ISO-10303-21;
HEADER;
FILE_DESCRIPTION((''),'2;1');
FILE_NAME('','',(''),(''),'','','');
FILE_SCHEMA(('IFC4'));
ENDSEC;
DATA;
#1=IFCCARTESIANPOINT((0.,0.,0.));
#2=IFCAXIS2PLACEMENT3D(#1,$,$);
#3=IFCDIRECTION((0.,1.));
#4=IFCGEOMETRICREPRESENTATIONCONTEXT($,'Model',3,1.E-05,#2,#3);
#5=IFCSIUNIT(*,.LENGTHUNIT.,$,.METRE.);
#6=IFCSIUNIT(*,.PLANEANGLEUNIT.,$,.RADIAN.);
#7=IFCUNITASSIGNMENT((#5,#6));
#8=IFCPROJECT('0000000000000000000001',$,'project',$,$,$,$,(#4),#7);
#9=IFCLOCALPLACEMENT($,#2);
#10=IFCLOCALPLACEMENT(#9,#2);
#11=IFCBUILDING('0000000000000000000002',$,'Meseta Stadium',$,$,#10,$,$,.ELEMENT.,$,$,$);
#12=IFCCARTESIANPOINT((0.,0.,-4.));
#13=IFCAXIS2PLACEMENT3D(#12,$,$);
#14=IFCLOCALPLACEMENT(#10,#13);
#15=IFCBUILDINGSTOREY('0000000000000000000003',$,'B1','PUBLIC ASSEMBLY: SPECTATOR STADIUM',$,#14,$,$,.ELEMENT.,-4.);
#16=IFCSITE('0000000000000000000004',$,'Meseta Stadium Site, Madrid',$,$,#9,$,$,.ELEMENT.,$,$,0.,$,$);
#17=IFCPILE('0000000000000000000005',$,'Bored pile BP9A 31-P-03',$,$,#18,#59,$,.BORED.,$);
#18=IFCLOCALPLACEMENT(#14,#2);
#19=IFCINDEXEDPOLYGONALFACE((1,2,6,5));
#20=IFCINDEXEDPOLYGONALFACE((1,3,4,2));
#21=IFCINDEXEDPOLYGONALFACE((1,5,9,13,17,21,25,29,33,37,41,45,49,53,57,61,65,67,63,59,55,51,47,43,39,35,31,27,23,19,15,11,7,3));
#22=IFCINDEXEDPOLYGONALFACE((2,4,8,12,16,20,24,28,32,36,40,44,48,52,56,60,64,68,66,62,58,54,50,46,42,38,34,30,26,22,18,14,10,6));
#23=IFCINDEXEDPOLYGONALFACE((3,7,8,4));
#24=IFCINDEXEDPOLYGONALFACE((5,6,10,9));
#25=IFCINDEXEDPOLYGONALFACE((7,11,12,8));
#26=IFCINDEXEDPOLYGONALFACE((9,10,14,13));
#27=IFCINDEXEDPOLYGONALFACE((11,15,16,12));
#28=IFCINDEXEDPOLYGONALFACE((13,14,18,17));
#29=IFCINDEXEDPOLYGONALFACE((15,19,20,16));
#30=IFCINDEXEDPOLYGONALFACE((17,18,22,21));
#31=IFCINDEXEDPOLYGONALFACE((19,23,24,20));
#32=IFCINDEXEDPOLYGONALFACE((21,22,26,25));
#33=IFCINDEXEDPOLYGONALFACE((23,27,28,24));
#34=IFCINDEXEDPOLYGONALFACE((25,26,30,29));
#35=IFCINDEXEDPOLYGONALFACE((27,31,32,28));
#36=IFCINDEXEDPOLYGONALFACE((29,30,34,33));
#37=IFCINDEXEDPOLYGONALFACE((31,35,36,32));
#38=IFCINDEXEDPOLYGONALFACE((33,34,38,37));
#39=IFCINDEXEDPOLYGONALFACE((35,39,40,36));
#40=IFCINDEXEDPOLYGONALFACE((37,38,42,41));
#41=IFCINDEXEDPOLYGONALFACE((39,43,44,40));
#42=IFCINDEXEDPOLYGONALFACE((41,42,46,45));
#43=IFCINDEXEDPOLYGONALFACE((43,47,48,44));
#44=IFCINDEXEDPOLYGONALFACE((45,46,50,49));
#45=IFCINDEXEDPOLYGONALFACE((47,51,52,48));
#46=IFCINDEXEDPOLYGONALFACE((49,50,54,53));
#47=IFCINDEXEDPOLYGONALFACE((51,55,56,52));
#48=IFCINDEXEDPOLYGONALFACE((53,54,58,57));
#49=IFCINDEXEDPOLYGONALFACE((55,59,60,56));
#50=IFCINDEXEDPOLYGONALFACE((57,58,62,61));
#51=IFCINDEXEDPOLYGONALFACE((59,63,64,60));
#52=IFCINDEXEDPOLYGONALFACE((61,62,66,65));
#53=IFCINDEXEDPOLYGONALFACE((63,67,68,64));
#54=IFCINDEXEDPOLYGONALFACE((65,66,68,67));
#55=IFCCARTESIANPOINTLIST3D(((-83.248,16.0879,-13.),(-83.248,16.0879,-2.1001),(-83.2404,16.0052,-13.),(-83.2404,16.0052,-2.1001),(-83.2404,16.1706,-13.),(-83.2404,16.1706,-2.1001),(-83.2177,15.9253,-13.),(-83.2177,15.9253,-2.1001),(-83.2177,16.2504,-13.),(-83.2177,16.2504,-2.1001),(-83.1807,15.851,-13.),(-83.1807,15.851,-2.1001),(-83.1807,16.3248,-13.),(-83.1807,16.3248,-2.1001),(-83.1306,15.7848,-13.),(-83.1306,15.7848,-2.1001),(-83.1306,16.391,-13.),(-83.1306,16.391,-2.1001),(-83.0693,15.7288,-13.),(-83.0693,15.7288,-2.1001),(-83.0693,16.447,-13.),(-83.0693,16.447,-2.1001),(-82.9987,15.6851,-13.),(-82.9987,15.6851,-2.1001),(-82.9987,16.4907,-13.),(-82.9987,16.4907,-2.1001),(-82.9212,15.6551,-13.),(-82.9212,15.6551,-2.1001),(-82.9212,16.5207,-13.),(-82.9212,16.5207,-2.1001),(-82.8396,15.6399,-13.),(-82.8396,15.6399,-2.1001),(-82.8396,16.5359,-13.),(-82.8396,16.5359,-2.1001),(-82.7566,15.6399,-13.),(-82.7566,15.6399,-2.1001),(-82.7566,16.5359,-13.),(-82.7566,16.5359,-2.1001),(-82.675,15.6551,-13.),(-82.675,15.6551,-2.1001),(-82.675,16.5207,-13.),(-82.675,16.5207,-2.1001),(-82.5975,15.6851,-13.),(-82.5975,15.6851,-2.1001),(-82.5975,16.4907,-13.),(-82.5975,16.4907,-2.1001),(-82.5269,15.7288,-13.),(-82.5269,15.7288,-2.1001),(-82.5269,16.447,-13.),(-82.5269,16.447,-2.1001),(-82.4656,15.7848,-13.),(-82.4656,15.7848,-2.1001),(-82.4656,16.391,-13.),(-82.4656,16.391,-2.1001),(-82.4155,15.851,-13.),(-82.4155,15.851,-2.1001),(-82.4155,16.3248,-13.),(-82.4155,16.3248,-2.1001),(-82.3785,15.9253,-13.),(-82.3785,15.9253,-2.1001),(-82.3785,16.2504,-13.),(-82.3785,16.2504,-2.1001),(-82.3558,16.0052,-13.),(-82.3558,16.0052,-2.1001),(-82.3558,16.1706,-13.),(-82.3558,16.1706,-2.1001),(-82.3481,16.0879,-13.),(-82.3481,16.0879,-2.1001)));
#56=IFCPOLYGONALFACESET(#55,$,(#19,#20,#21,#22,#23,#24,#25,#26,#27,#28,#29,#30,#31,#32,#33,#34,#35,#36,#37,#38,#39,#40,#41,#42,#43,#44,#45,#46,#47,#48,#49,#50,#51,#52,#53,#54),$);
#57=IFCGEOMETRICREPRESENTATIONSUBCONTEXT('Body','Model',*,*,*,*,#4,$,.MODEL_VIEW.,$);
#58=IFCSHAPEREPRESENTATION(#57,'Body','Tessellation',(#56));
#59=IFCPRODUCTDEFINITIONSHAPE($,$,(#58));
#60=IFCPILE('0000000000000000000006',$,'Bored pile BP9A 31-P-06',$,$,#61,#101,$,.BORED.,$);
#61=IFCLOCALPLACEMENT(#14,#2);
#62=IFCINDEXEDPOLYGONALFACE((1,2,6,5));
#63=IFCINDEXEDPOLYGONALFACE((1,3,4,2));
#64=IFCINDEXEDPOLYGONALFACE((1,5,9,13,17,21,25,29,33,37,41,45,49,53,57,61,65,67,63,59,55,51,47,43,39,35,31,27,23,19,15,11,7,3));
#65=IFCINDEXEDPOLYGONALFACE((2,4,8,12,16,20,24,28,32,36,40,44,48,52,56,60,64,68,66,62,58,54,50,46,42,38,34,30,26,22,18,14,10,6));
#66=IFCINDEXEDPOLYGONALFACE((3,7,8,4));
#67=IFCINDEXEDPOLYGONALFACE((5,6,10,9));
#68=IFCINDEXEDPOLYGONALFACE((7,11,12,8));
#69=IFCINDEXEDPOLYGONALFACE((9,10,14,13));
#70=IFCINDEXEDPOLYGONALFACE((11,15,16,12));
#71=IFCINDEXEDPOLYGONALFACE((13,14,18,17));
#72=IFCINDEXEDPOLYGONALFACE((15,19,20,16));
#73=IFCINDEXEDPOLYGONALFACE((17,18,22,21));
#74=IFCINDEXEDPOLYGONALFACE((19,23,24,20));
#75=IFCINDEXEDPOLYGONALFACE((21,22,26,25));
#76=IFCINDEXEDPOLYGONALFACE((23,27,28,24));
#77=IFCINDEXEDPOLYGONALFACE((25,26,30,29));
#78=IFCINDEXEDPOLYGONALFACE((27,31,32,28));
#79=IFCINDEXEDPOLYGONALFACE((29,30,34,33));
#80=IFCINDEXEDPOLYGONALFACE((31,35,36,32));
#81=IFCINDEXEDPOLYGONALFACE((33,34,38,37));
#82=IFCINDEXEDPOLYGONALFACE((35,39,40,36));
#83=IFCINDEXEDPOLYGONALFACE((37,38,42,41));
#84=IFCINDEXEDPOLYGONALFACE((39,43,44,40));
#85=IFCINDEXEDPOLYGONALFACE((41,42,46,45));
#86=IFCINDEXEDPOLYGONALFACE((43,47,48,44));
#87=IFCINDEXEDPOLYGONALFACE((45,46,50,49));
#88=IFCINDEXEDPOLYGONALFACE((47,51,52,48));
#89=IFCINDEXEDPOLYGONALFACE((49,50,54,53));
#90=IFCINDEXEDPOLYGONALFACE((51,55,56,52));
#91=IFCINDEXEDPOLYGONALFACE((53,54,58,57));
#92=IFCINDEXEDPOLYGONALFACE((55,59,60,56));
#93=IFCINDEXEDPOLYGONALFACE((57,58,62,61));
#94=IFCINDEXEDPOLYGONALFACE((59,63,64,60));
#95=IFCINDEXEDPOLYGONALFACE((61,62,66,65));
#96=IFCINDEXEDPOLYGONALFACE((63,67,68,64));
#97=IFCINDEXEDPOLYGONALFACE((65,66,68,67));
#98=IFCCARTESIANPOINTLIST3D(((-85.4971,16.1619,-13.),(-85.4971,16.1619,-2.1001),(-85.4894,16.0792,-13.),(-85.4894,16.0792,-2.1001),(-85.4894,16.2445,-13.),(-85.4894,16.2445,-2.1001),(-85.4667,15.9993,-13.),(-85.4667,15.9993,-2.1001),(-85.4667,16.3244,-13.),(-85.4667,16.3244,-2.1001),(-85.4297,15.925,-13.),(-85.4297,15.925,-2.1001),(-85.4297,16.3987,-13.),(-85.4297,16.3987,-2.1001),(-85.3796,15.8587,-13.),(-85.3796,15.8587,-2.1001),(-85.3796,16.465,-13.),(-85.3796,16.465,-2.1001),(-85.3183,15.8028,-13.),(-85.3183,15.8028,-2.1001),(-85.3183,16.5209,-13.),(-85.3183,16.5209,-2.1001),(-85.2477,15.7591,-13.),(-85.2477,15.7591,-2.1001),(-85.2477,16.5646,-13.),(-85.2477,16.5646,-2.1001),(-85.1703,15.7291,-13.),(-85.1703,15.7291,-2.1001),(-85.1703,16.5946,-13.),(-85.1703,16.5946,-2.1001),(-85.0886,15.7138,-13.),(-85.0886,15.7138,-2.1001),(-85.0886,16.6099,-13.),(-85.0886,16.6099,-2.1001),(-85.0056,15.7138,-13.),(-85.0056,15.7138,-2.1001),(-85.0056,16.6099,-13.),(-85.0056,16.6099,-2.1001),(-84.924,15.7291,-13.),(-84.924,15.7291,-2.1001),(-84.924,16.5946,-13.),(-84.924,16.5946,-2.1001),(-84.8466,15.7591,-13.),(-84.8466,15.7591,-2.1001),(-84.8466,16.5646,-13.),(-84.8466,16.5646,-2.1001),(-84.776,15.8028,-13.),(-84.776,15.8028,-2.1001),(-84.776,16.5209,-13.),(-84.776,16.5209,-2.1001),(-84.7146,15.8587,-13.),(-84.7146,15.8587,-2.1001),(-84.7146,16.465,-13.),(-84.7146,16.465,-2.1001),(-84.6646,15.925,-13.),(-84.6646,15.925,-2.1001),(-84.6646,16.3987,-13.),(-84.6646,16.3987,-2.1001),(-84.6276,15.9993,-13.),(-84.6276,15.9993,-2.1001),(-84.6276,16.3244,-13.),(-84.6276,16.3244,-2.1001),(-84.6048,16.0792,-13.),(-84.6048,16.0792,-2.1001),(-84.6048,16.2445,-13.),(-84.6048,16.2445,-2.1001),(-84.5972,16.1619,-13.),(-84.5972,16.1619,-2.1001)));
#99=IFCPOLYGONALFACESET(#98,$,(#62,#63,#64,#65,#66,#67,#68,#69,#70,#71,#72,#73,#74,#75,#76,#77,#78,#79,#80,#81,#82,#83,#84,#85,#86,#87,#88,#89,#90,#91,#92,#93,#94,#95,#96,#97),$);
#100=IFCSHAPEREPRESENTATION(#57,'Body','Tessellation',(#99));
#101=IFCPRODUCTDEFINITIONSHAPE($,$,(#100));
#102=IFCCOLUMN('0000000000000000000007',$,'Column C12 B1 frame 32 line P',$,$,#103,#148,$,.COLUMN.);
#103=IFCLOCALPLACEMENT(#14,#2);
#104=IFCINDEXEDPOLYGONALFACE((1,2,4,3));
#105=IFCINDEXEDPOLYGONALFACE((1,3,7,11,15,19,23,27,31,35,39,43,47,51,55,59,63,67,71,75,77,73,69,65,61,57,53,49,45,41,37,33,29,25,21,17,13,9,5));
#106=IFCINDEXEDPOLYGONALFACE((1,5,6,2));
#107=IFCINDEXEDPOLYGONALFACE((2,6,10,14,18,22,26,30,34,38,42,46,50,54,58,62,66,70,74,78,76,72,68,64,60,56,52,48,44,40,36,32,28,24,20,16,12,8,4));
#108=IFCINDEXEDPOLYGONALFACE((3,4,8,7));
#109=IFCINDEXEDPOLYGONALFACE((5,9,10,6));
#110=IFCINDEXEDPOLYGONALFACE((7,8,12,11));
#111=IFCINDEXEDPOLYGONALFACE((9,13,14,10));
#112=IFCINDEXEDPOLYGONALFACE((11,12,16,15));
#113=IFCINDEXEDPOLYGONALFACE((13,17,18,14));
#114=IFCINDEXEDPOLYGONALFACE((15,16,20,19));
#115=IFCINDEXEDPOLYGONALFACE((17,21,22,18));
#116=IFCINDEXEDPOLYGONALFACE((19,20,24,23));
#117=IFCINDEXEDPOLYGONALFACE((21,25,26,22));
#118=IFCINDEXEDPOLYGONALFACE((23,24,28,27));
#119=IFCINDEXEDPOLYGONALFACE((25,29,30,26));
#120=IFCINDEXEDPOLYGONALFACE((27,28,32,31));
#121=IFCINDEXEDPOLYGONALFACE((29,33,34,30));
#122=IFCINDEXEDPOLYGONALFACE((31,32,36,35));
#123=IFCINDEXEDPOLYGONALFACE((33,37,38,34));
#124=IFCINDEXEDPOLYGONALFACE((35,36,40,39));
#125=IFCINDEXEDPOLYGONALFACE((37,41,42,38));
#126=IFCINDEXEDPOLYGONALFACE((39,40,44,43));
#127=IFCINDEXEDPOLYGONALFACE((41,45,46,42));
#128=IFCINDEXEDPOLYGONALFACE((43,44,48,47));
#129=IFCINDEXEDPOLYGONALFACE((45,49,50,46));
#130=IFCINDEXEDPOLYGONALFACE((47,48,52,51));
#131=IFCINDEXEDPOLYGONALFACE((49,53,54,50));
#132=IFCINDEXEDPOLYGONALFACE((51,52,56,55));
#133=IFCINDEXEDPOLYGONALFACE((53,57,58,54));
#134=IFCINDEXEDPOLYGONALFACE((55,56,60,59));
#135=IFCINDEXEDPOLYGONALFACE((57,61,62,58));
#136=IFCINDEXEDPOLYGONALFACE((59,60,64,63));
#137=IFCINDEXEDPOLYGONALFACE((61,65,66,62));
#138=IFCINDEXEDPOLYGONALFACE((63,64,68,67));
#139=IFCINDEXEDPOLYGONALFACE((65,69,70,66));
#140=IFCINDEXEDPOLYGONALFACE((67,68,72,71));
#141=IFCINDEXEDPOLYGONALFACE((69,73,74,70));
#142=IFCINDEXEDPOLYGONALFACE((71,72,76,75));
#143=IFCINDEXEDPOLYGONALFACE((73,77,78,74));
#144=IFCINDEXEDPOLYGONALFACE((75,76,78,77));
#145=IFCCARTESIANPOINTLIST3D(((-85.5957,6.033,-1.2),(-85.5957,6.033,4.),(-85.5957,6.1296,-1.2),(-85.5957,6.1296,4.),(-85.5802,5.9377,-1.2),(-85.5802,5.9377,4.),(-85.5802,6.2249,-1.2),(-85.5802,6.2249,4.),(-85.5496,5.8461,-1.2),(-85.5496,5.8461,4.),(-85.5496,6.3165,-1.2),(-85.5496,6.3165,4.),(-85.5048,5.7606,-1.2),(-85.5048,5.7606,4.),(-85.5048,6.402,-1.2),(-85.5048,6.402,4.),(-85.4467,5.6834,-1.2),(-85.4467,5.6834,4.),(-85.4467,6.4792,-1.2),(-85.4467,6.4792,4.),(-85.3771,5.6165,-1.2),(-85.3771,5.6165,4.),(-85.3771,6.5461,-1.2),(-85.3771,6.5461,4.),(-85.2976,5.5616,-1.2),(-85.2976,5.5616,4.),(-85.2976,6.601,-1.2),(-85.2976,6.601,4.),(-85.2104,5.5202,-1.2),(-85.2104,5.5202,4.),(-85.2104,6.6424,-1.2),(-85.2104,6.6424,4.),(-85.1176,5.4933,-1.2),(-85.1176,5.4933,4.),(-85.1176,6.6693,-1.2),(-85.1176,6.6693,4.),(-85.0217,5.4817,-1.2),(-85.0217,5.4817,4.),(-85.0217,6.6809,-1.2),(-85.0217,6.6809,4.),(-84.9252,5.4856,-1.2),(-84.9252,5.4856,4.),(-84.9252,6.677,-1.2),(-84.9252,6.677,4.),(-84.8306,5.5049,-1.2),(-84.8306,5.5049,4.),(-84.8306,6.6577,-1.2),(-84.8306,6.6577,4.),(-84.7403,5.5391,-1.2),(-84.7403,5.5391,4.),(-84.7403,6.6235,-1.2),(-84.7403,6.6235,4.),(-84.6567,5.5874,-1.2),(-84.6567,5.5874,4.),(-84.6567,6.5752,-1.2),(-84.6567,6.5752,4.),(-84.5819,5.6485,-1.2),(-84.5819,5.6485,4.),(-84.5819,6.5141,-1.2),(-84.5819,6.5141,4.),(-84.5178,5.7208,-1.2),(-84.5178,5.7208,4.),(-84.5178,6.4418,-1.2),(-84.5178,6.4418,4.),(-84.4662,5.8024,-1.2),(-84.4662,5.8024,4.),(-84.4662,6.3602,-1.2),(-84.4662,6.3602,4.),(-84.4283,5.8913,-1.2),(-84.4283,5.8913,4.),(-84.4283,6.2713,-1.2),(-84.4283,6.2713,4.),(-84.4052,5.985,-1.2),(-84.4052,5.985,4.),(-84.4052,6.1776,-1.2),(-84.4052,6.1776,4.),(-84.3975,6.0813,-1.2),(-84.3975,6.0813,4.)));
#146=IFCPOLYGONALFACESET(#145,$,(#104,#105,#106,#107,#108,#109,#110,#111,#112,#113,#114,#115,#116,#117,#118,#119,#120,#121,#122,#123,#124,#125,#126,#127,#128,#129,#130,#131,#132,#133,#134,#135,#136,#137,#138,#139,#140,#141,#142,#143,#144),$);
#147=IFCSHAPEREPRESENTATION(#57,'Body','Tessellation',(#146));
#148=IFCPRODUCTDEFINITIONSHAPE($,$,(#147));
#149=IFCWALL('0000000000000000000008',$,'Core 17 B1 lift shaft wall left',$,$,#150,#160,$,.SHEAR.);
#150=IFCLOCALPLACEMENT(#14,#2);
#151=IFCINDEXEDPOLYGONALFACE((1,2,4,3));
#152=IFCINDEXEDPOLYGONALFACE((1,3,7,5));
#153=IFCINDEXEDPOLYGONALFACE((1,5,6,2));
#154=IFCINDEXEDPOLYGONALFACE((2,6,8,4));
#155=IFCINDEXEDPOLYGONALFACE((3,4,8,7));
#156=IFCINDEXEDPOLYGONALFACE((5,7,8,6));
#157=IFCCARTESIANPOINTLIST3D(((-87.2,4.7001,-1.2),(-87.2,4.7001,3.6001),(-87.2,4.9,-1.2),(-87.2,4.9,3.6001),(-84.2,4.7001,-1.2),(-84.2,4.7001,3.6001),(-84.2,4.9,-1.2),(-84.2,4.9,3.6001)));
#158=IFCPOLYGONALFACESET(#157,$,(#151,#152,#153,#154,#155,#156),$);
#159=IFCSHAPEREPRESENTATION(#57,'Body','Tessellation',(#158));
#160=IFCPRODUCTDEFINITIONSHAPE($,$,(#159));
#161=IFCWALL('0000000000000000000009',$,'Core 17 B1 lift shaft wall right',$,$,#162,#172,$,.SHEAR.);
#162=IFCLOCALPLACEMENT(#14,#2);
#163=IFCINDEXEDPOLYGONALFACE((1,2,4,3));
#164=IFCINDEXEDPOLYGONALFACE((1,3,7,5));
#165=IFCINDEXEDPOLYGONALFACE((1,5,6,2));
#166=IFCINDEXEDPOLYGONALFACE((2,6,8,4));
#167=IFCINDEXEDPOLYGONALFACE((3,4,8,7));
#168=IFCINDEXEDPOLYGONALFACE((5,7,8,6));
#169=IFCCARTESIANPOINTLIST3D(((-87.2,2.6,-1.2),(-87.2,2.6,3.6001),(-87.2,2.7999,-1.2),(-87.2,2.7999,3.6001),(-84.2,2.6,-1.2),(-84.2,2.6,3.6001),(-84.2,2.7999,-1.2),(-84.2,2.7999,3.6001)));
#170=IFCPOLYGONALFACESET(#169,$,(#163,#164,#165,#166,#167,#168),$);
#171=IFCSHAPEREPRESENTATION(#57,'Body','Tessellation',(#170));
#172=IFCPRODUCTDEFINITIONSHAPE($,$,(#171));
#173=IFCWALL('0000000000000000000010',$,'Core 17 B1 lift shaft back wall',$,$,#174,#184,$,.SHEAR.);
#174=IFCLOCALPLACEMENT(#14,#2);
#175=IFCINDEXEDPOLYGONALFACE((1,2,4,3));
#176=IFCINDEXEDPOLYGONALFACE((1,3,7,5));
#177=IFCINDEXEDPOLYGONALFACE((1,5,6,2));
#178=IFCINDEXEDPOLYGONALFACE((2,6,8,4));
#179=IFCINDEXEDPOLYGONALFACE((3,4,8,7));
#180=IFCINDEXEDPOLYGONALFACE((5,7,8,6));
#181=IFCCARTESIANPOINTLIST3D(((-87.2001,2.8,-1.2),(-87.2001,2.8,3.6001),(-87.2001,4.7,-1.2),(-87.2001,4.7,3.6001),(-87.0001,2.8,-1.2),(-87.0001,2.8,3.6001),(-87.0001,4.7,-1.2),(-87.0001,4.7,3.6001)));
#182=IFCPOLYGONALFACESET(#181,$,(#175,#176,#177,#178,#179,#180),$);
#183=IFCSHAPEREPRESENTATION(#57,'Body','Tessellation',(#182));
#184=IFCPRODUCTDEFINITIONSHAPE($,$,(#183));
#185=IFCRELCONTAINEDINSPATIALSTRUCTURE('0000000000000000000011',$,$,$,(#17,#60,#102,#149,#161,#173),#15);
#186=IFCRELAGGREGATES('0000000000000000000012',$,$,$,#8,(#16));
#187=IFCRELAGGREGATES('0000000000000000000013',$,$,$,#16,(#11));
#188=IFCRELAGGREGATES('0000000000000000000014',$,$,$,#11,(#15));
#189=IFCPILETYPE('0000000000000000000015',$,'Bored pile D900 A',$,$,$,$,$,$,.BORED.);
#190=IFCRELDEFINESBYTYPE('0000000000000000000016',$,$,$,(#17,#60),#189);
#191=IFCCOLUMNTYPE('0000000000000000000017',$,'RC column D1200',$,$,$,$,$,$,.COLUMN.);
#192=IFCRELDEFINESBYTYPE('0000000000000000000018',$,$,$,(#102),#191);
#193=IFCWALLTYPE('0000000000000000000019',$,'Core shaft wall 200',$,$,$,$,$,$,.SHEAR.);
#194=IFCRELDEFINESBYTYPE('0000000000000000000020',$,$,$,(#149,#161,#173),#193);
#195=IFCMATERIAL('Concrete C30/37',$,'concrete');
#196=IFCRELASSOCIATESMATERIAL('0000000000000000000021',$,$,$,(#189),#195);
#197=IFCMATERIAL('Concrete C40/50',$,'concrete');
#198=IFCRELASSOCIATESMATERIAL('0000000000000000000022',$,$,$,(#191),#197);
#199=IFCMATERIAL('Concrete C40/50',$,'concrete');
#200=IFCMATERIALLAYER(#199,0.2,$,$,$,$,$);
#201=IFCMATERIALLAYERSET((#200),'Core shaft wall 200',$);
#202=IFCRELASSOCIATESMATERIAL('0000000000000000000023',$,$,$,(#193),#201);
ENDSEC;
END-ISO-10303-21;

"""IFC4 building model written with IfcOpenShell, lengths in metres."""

from ifc_helpers import new_model, si_unit, direction, frame, frame_2d, origin, origin_2d, place, context, subcontext, project, spatial, rectangle, circle, extrude, material, layer, layer_set, material_profile, profile_set, type_object, element, save


model = new_model("IFC4")

# Units and contexts
model_context = context("Model", 3, precision=1e-05, world=origin(), true_north=direction((0.0, 1.0)))
body_context = subcontext(model_context, "Body", "Model", "MODEL_VIEW")
ifc_project = project(units=[si_unit("LENGTHUNIT", "METRE"), si_unit("PLANEANGLEUNIT", "RADIAN")], contexts=[model_context])

# Site, building, storey
site_placement = place(None, origin())
site = spatial("IfcSite", under=ifc_project, at=site_placement, Name="Meseta Stadium Site, Madrid", CompositionType="ELEMENT", RefElevation=0.0)
building_placement = place(site_placement, origin())
building = spatial("IfcBuilding", under=site, at=building_placement, Name="Meseta Stadium", CompositionType="ELEMENT")
storey_placement = place(building_placement, frame((0.0, 0.0, -4.0)))
storey = spatial("IfcBuildingStorey", under=building, at=storey_placement, Name="B1", Description="PUBLIC ASSEMBLY: SPECTATOR STADIUM", CompositionType="ELEMENT", Elevation=-4.0)

# Piles
ifc_material_1 = material(Name="Concrete C30/37", Category="concrete")
ifc_material_profile_1 = material_profile(ifc_material_1, circle(Radius=0.45, at=origin_2d()), Name="D900")
ifc_profile_set_1 = profile_set([ifc_material_profile_1], Name="Concrete C30/37")
pile_type = type_object("IfcPileType", Name="Bored pile D900 A", PredefinedType="BORED", material=ifc_profile_set_1)
for number, where, z_axis, x_axis, name in (
    (1, (-82.7981, 16.0879, -2.1001), (0.0, 0.0, -1.0), (1.0, 0.0, 0.0), "Bored pile BP9A 31-P-03"),
    (2, (-85.0471, 16.1619, -2.1001), (0.0, 0.0, -1.0), (1.0, 0.0, 0.0), "Bored pile BP9A 31-P-06"),
):
    element("IfcPile", number, at=place(storey_placement, frame(where, z_axis=z_axis, x_axis=x_axis)), inside=storey, type_object=pile_type, Name=name, PredefinedType="BORED", context=body_context, shape_type="SweptSolid", body=[
        extrude(circle(Radius=0.45, at=origin_2d()), origin(), (0.0, 0.0, 1.0), 10.8999),
    ])

# Column
ifc_material_2 = material(Name="Concrete C40/50", Category="concrete")
ifc_material_profile_2 = material_profile(ifc_material_2, circle(Radius=0.6001, at=origin_2d()), Name="RC D1200")
ifc_profile_set_2 = profile_set([ifc_material_profile_2], Name="Concrete C40/50")
column_type = type_object("IfcColumnType", Name="RC column D1200", PredefinedType="COLUMN", material=ifc_profile_set_2)
column_placement = place(storey_placement, frame((-84.9976, 6.0813, -1.2), z_axis=(0.0, 0.0, 1.0), x_axis=(1.0, 0.0, 0.0)))
element("IfcColumn", 3, at=column_placement, inside=storey, type_object=column_type, Name="Column C12 B1 frame 32 line P", PredefinedType="COLUMN", context=body_context, shape_type="SweptSolid", body=[
    extrude(circle(Radius=0.6001, at=origin_2d()), origin(), (0.0, 0.0, 1.0), 5.2),
])

# Walls
ifc_material_3 = material(Name="Concrete C40/50", Category="concrete")
ifc_layer_1 = layer(ifc_material_3, 0.2)
ifc_layer_set_1 = layer_set([ifc_layer_1], Name="Core shaft wall 200")
wall_type_1 = type_object("IfcWallType", Name="Core shaft wall 200", PredefinedType="SHEAR", material=ifc_layer_set_1)
for number, where, z_axis, x_axis, name in (
    (4, (-87.2, 4.8, -1.2), (0.0, 0.0, 1.0), (1.0, 0.0, 0.0), "Core 17 B1 lift shaft wall left"),
    (5, (-87.2, 2.7, -1.2), (0.0, 0.0, 1.0), (1.0, 0.0, 0.0), "Core 17 B1 lift shaft wall right"),
):
    element("IfcWall", number, at=place(storey_placement, frame(where, z_axis=z_axis, x_axis=x_axis)), inside=storey, type_object=wall_type_1, Name=name, PredefinedType="SHEAR", context=body_context, shape_type="SweptSolid", body=[
        extrude(rectangle(XDim=3.0, YDim=0.2, at=frame_2d((1.5, 0.0))), origin(), (0.0, 0.0, 1.0), 4.8),
    ])
wall_1_placement = place(storey_placement, frame((-87.1001, 4.7, -1.2), z_axis=(0.0, 0.0, 1.0), x_axis=(0.0, -1.0, 0.0)))
element("IfcWall", 6, at=wall_1_placement, inside=storey, type_object=wall_type_1, Name="Core 17 B1 lift shaft back wall", PredefinedType="SHEAR", context=body_context, shape_type="SweptSolid", body=[
    extrude(rectangle(XDim=1.8999, YDim=0.2, at=frame_2d((0.95, 0.0))), origin(), (0.0, 0.0, 1.0), 4.8),
])

save(model, "model.ifc")
